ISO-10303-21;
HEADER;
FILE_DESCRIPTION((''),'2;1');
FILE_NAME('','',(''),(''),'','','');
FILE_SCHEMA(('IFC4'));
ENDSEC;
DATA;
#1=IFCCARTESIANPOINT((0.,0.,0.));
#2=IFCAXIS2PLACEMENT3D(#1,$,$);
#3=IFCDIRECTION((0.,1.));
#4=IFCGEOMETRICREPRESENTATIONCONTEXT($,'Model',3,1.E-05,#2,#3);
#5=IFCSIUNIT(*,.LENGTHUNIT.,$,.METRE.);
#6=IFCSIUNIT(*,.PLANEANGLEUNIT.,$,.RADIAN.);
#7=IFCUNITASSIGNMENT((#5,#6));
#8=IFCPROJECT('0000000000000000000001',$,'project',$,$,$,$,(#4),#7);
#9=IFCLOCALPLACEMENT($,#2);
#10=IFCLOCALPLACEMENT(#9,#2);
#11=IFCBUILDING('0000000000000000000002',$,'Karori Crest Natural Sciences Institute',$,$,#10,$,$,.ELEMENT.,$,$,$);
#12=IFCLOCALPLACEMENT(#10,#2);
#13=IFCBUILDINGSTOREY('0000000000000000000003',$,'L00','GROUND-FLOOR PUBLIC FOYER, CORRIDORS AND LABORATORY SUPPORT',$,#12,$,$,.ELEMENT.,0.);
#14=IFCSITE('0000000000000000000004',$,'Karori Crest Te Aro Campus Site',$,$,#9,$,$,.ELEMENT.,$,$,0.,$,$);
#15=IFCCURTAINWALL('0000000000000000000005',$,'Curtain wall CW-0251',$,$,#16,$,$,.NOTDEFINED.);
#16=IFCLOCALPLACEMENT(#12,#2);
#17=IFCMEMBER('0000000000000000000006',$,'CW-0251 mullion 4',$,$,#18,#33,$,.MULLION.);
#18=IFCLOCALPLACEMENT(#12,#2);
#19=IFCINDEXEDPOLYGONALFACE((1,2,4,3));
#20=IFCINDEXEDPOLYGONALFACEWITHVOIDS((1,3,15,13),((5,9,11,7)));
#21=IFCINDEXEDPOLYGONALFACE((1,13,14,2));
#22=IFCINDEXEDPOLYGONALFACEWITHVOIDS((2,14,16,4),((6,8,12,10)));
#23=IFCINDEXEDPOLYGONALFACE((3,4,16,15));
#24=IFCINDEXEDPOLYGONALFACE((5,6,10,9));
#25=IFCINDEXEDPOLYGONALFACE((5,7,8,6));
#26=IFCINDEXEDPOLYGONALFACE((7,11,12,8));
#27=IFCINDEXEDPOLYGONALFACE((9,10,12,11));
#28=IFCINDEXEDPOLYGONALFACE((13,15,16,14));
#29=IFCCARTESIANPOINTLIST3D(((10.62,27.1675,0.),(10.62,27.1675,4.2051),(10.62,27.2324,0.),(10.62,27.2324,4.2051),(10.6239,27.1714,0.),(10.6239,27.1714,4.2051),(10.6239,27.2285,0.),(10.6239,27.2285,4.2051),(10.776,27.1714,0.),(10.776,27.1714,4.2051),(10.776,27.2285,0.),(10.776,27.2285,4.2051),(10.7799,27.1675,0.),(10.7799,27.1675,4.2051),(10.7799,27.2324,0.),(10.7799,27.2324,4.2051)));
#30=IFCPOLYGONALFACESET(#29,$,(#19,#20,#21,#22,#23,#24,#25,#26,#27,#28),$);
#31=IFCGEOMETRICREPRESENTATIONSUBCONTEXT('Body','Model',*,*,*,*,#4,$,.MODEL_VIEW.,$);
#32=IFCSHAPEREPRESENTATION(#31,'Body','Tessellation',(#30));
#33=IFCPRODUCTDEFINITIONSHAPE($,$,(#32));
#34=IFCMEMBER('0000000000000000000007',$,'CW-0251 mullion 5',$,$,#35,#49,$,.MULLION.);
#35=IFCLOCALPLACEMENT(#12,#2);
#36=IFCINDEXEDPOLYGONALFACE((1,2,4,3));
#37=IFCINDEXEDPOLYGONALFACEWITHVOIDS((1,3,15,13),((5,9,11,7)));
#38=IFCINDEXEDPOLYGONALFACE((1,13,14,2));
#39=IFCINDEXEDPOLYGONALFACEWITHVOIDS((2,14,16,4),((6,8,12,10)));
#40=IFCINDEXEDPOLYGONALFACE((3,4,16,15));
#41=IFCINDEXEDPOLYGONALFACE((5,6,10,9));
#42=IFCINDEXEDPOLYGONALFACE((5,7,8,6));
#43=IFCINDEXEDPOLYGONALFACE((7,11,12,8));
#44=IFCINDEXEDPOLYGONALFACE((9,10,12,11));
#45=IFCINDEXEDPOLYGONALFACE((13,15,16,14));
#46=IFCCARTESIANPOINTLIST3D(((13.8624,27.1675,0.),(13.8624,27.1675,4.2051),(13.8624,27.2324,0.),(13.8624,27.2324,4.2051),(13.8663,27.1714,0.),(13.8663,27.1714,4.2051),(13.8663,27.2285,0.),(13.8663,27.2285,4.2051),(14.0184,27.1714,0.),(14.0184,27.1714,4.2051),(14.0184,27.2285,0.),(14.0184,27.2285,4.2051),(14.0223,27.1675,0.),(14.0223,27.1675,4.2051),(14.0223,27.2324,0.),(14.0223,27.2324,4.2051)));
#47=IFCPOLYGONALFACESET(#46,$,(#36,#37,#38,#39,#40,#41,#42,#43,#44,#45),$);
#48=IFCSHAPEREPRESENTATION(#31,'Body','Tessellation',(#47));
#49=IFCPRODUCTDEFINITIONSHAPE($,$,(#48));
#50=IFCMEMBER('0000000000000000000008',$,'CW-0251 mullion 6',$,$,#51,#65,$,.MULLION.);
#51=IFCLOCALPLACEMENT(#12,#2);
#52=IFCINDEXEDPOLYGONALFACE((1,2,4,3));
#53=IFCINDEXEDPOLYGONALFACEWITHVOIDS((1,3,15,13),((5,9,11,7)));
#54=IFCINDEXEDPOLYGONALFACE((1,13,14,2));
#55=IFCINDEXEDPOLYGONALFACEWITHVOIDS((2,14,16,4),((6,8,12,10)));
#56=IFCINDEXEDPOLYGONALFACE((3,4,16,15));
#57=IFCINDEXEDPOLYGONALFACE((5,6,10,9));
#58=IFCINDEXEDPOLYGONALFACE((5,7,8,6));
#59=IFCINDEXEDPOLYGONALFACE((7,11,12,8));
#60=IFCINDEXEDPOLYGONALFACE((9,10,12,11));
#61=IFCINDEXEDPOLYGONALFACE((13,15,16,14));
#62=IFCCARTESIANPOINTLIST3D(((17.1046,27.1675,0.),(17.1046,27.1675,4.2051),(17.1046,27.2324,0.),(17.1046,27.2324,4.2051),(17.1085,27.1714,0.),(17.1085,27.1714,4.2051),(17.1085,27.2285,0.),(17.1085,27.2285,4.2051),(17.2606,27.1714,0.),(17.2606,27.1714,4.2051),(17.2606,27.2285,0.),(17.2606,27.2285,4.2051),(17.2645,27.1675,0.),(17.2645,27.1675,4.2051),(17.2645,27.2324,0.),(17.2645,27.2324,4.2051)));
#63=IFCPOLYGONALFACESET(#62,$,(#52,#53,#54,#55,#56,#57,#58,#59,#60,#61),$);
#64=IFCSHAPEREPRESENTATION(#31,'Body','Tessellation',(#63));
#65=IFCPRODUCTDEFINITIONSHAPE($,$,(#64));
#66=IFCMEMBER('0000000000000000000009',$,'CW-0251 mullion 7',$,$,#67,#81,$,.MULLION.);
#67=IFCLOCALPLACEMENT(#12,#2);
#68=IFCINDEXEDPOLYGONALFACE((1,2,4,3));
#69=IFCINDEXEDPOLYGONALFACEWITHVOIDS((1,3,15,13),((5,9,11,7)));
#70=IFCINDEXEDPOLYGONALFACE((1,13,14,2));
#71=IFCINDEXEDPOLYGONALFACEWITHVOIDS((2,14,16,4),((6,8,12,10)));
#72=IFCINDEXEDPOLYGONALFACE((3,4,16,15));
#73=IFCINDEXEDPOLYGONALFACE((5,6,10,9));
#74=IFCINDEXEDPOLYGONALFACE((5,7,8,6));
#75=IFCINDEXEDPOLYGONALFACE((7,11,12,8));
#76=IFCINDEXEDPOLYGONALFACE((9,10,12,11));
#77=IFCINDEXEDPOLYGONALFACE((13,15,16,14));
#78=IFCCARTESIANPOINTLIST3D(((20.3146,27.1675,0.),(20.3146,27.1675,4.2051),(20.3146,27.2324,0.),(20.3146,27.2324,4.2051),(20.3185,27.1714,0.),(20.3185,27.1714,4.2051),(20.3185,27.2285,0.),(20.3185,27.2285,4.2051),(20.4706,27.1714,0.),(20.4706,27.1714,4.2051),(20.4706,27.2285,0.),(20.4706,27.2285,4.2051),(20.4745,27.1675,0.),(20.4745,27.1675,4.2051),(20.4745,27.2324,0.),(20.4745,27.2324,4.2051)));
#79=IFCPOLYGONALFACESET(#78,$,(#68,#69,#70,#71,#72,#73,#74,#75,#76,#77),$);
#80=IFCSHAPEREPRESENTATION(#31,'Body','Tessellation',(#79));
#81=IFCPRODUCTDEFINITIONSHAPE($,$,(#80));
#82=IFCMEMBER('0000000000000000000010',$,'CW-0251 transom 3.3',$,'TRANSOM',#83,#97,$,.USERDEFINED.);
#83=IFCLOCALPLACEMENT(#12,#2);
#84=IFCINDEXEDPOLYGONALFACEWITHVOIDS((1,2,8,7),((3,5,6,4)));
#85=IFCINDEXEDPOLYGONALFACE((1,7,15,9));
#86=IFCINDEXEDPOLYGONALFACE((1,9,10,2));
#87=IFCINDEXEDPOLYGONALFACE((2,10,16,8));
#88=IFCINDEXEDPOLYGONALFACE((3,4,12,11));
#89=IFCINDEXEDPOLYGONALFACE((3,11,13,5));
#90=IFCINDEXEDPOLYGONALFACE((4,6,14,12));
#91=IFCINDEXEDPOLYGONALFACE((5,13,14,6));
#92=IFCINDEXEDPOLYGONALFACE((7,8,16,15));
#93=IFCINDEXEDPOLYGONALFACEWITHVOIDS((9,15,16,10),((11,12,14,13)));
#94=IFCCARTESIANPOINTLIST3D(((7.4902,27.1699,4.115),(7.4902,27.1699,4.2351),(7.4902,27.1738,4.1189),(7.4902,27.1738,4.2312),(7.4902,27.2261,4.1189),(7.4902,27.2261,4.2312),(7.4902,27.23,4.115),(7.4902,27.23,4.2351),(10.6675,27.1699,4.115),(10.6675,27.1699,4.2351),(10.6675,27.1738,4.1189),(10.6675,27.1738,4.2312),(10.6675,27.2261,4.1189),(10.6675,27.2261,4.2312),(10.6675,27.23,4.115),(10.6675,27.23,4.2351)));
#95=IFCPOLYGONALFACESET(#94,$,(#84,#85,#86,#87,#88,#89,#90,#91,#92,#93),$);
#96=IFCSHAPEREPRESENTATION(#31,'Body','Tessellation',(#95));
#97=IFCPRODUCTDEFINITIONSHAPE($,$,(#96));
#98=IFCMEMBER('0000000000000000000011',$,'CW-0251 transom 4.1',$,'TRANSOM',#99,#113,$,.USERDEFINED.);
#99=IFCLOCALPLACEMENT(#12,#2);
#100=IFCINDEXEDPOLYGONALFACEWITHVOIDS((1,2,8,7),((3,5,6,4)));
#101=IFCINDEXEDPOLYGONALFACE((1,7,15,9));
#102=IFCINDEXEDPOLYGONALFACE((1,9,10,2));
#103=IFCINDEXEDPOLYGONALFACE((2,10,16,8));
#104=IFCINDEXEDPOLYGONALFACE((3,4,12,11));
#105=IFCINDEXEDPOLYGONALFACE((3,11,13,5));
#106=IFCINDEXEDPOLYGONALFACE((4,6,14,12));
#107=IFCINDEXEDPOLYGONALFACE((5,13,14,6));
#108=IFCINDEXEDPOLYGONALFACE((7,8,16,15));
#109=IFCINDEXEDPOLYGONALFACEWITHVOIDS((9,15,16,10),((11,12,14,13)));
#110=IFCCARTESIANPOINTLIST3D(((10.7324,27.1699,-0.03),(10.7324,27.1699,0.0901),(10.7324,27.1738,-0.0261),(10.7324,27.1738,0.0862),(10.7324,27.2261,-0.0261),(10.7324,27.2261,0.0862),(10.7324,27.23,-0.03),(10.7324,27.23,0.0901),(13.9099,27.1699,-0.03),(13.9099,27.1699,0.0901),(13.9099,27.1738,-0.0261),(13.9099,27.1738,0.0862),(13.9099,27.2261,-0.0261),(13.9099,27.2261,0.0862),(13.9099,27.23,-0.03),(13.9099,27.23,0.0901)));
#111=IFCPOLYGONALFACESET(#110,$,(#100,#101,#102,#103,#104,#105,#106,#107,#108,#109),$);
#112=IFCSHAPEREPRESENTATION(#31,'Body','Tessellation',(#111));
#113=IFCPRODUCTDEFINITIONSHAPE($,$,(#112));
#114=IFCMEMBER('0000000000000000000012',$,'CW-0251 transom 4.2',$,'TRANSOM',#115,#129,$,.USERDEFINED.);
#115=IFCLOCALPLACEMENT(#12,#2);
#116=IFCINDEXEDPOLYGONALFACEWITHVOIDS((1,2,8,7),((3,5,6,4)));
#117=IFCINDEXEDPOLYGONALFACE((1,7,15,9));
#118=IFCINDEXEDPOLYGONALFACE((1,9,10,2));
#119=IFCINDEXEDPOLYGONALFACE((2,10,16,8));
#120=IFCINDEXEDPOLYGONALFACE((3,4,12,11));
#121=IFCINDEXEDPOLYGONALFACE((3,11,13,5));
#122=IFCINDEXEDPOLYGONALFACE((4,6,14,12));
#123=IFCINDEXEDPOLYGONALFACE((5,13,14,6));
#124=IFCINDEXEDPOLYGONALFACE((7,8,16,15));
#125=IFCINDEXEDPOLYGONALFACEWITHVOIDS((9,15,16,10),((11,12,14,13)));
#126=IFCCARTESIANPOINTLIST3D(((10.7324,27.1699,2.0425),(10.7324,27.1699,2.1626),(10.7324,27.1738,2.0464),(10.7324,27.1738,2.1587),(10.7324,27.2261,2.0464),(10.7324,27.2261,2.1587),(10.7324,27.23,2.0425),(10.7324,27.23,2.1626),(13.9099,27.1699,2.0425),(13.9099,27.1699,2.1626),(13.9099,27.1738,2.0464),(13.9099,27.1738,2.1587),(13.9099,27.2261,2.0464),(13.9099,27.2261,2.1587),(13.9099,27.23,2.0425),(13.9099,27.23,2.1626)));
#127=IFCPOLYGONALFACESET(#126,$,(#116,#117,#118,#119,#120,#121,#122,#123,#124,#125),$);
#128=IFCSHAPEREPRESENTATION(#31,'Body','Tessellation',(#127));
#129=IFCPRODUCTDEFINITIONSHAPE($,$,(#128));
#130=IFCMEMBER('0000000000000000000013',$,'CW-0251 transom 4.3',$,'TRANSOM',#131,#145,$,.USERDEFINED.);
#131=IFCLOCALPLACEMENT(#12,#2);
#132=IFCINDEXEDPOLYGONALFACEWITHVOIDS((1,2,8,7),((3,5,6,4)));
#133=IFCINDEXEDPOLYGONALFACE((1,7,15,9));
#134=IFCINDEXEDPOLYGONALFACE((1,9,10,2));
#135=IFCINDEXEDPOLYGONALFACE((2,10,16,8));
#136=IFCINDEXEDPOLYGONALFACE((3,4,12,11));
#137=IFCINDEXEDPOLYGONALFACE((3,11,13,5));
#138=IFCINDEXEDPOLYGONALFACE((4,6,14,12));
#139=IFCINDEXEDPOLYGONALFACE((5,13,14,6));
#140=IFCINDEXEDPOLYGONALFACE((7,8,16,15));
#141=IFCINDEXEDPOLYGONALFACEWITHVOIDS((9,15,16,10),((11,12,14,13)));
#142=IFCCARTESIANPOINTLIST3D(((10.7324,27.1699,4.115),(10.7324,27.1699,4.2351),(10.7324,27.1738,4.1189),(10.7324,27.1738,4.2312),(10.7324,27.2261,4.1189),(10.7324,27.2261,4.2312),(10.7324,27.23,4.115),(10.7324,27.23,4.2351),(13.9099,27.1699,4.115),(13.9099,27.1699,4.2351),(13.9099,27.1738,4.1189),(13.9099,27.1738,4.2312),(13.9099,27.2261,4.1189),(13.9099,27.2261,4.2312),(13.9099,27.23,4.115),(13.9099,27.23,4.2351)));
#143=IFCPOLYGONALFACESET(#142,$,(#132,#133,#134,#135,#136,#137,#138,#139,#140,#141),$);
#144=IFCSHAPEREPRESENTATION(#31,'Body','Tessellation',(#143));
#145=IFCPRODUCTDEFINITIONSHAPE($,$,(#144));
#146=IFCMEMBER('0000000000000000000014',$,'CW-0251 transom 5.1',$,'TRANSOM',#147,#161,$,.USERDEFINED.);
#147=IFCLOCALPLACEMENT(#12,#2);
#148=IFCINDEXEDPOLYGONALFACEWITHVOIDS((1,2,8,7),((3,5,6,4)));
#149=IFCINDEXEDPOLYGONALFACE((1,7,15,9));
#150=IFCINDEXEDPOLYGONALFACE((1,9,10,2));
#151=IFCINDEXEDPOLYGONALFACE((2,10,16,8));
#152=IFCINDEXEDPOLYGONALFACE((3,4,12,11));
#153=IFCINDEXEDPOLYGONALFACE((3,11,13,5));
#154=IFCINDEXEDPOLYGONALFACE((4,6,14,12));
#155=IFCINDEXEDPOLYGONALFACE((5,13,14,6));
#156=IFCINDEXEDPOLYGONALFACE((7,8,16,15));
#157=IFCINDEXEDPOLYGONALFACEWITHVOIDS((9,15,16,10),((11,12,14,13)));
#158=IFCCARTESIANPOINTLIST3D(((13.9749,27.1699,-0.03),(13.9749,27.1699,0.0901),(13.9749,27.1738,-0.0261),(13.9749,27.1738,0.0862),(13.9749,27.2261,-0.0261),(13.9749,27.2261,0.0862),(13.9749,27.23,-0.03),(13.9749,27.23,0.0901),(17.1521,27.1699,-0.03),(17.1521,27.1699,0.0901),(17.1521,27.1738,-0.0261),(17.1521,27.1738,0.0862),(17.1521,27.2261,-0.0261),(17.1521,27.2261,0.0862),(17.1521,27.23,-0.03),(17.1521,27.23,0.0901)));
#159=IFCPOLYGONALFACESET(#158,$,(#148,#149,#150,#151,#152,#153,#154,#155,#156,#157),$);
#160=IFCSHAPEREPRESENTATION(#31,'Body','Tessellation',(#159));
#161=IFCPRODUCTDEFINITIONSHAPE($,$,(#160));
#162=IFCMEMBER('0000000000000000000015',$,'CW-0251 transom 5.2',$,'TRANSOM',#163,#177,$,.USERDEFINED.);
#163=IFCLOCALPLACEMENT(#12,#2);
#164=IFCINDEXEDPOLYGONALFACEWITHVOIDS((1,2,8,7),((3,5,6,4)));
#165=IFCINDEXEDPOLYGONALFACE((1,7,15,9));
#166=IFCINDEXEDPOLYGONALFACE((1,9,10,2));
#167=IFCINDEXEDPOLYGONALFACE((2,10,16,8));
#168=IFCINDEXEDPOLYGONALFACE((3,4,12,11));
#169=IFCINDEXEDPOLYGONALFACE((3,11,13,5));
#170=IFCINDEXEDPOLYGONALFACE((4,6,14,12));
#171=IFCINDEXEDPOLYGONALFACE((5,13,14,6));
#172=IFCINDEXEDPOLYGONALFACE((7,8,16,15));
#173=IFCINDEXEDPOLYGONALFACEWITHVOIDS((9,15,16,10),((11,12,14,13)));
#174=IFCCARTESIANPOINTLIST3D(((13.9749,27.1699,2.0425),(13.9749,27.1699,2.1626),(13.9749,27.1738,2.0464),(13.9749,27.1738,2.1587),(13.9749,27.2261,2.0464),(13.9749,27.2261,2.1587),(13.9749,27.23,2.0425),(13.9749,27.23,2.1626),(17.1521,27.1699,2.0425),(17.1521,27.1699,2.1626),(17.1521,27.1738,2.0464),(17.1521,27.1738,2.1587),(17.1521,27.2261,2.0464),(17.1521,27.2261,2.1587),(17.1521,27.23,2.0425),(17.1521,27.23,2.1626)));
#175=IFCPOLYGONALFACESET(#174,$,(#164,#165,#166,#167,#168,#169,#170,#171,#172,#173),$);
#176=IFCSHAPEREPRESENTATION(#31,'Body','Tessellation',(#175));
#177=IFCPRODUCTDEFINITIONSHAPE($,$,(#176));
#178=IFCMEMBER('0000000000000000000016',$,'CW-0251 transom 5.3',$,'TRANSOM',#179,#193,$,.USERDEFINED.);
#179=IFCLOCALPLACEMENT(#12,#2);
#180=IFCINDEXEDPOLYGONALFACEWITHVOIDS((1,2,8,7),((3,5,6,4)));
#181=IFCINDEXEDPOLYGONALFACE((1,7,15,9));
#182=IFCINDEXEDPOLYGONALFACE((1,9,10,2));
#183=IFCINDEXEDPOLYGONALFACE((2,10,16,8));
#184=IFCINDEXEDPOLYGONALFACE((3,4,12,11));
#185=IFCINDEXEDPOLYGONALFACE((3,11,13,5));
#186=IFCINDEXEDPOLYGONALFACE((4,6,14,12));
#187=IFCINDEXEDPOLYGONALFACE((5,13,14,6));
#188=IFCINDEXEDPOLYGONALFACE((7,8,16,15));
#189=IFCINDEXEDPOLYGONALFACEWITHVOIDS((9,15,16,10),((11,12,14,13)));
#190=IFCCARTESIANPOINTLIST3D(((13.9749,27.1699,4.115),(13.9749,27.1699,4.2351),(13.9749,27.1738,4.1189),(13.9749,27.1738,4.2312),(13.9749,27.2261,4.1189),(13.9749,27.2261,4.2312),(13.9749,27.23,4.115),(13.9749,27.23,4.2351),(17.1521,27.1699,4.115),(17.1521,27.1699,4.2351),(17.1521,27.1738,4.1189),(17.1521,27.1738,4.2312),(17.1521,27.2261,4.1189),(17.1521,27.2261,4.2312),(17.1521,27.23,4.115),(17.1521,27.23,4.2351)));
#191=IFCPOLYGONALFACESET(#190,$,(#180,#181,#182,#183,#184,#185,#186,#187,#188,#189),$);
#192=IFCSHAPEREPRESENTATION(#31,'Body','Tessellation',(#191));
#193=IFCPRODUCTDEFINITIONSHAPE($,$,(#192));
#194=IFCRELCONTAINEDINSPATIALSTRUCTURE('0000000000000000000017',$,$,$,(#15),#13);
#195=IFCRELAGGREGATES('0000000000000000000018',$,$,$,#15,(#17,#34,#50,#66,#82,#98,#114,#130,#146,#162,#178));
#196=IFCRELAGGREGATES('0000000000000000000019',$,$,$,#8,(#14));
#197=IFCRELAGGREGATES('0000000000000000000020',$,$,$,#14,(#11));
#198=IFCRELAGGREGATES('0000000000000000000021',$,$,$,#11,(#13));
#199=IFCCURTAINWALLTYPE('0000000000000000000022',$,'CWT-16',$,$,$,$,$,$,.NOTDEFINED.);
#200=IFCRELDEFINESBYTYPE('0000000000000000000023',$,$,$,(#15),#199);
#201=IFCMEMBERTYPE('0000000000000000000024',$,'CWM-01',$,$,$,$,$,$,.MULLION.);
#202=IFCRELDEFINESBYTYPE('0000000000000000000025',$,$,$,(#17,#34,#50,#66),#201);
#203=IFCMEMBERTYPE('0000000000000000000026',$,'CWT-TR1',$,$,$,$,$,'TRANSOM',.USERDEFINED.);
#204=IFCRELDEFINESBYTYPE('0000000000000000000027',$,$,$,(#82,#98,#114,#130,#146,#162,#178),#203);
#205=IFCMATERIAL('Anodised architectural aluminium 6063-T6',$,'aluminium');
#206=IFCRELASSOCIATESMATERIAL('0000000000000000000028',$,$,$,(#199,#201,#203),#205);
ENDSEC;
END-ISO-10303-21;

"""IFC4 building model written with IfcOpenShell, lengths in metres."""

from ifc_helpers import new_model, si_unit, direction, frame, origin, origin_2d, place, context, subcontext, project, spatial, hollow_rectangle, extrude, material, material_profile, profile_set, type_object, element, aggregate, save


model = new_model("IFC4")

# Units and contexts
model_context = context("Model", 3, precision=1e-05, world=origin(), true_north=direction((0.0, 1.0)))
body_context = subcontext(model_context, "Body", "Model", "MODEL_VIEW")
ifc_project = project(units=[si_unit("LENGTHUNIT", "METRE"), si_unit("PLANEANGLEUNIT", "RADIAN")], contexts=[model_context])

# Site, building, storey
site_placement = place(None, origin())
site = spatial("IfcSite", under=ifc_project, at=site_placement, Name="Karori Crest Te Aro Campus Site", CompositionType="ELEMENT", RefElevation=0.0)
building_placement = place(site_placement, origin())
building = spatial("IfcBuilding", under=site, at=building_placement, Name="Karori Crest Natural Sciences Institute", CompositionType="ELEMENT")
storey_placement = place(building_placement, origin())
storey = spatial("IfcBuildingStorey", under=building, at=storey_placement, Name="L00", Description="GROUND-FLOOR PUBLIC FOYER, CORRIDORS AND LABORATORY SUPPORT", CompositionType="ELEMENT", Elevation=0.0)

# Curtain wall, members
ifc_material_1 = material(Name="Anodised architectural aluminium 6063-T6", Category="aluminium")
curtain_wall_type = type_object("IfcCurtainWallType", Name="CWT-16", PredefinedType="NOTDEFINED", material=ifc_material_1)
curtain_wall_placement = place(storey_placement, origin())
curtain_wall = element("IfcCurtainWall", 1, at=curtain_wall_placement, inside=storey, type_object=curtain_wall_type, Name="Curtain wall CW-0251", PredefinedType="NOTDEFINED")
ifc_material_profile_1 = material_profile(ifc_material_1, hollow_rectangle(XDim=0.0649, YDim=0.1599, WallThickness=0.0039, at=origin_2d()), Name="CWM160x65x4")
ifc_profile_set_1 = profile_set([ifc_material_profile_1], Name="Anodised architectural aluminium 6063-T6")
member_type_1 = type_object("IfcMemberType", Name="CWM-01", PredefinedType="MULLION", material=ifc_profile_set_1)
member_1_placement = place(storey_placement, frame((10.7, 27.2, 0.0), z_axis=(0.0, 0.0, 1.0), x_axis=(0.0, 1.0, 0.0)))
member_1 = element("IfcMember", 2, at=member_1_placement, type_object=member_type_1, Name="CW-0251 mullion 4", PredefinedType="MULLION", context=body_context, shape_type="SweptSolid", body=[
    extrude(hollow_rectangle(XDim=0.0649, YDim=0.1599, WallThickness=0.0039, at=origin_2d()), origin(), (0.0, 0.0, 1.0), 4.2051),
])
member_2_placement = place(storey_placement, frame((13.9424, 27.2, 0.0), z_axis=(0.0, 0.0, 1.0), x_axis=(0.0, 1.0, 0.0)))
member_2 = element("IfcMember", 3, at=member_2_placement, type_object=member_type_1, Name="CW-0251 mullion 5", PredefinedType="MULLION", context=body_context, shape_type="SweptSolid", body=[
    extrude(hollow_rectangle(XDim=0.0649, YDim=0.1599, WallThickness=0.0039, at=origin_2d()), origin(), (0.0, 0.0, 1.0), 4.2051),
])
member_3_placement = place(storey_placement, frame((17.1846, 27.2, 0.0), z_axis=(0.0, 0.0, 1.0), x_axis=(0.0, 1.0, 0.0)))
member_3 = element("IfcMember", 4, at=member_3_placement, type_object=member_type_1, Name="CW-0251 mullion 6", PredefinedType="MULLION", context=body_context, shape_type="SweptSolid", body=[
    extrude(hollow_rectangle(XDim=0.0649, YDim=0.1599, WallThickness=0.0039, at=origin_2d()), origin(), (0.0, 0.0, 1.0), 4.2051),
])
member_4_placement = place(storey_placement, frame((20.3945, 27.2, 0.0), z_axis=(0.0, 0.0, 1.0), x_axis=(0.0, 1.0, 0.0)))
member_4 = element("IfcMember", 5, at=member_4_placement, type_object=member_type_1, Name="CW-0251 mullion 7", PredefinedType="MULLION", context=body_context, shape_type="SweptSolid", body=[
    extrude(hollow_rectangle(XDim=0.0649, YDim=0.1599, WallThickness=0.0039, at=origin_2d()), origin(), (0.0, 0.0, 1.0), 4.2051),
])
ifc_material_profile_2 = material_profile(ifc_material_1, hollow_rectangle(XDim=0.0601, YDim=0.1201, WallThickness=0.0039, at=origin_2d()), Name="CWT120x60x4")
ifc_profile_set_2 = profile_set([ifc_material_profile_2], Name="Anodised architectural aluminium 6063-T6")
member_type_2 = type_object("IfcMemberType", Name="CWT-TR1", ElementType="TRANSOM", PredefinedType="USERDEFINED", material=ifc_profile_set_2)
member_5_placement = place(storey_placement, frame((7.4902, 27.2, 4.175), z_axis=(1.0, 0.0, 0.0), x_axis=(0.0, 1.0, 0.0)))
member_5 = element("IfcMember", 6, at=member_5_placement, type_object=member_type_2, Name="CW-0251 transom 3.3", ObjectType="TRANSOM", PredefinedType="USERDEFINED", context=body_context, shape_type="SweptSolid", body=[
    extrude(hollow_rectangle(XDim=0.0601, YDim=0.1201, WallThickness=0.0039, at=origin_2d()), origin(), (0.0, 0.0, 1.0), 3.1772),
])
member_6_placement = place(storey_placement, frame((10.7324, 27.2, 0.03), z_axis=(1.0, 0.0, 0.0), x_axis=(0.0, 1.0, 0.0)))
member_6 = element("IfcMember", 7, at=member_6_placement, type_object=member_type_2, Name="CW-0251 transom 4.1", ObjectType="TRANSOM", PredefinedType="USERDEFINED", context=body_context, shape_type="SweptSolid", body=[
    extrude(hollow_rectangle(XDim=0.0601, YDim=0.1201, WallThickness=0.0039, at=origin_2d()), origin(), (0.0, 0.0, 1.0), 3.1775),
])
member_7_placement = place(storey_placement, frame((10.7324, 27.2, 2.1025), z_axis=(1.0, 0.0, 0.0), x_axis=(0.0, 1.0, 0.0)))
member_7 = element("IfcMember", 8, at=member_7_placement, type_object=member_type_2, Name="CW-0251 transom 4.2", ObjectType="TRANSOM", PredefinedType="USERDEFINED", context=body_context, shape_type="SweptSolid", body=[
    extrude(hollow_rectangle(XDim=0.0601, YDim=0.1201, WallThickness=0.0039, at=origin_2d()), origin(), (0.0, 0.0, 1.0), 3.1775),
])
member_8_placement = place(storey_placement, frame((10.7324, 27.2, 4.175), z_axis=(1.0, 0.0, 0.0), x_axis=(0.0, 1.0, 0.0)))
member_8 = element("IfcMember", 9, at=member_8_placement, type_object=member_type_2, Name="CW-0251 transom 4.3", ObjectType="TRANSOM", PredefinedType="USERDEFINED", context=body_context, shape_type="SweptSolid", body=[
    extrude(hollow_rectangle(XDim=0.0601, YDim=0.1201, WallThickness=0.0039, at=origin_2d()), origin(), (0.0, 0.0, 1.0), 3.1775),
])
member_9_placement = place(storey_placement, frame((13.9749, 27.2, 0.03), z_axis=(1.0, 0.0, 0.0), x_axis=(0.0, 1.0, 0.0)))
member_9 = element("IfcMember", 10, at=member_9_placement, type_object=member_type_2, Name="CW-0251 transom 5.1", ObjectType="TRANSOM", PredefinedType="USERDEFINED", context=body_context, shape_type="SweptSolid", body=[
    extrude(hollow_rectangle(XDim=0.0601, YDim=0.1201, WallThickness=0.0039, at=origin_2d()), origin(), (0.0, 0.0, 1.0), 3.1772),
])
member_10_placement = place(storey_placement, frame((13.9749, 27.2, 2.1025), z_axis=(1.0, 0.0, 0.0), x_axis=(0.0, 1.0, 0.0)))
member_10 = element("IfcMember", 11, at=member_10_placement, type_object=member_type_2, Name="CW-0251 transom 5.2", ObjectType="TRANSOM", PredefinedType="USERDEFINED", context=body_context, shape_type="SweptSolid", body=[
    extrude(hollow_rectangle(XDim=0.0601, YDim=0.1201, WallThickness=0.0039, at=origin_2d()), origin(), (0.0, 0.0, 1.0), 3.1772),
])
member_11_placement = place(storey_placement, frame((13.9749, 27.2, 4.175), z_axis=(1.0, 0.0, 0.0), x_axis=(0.0, 1.0, 0.0)))
member_11 = element("IfcMember", 12, at=member_11_placement, type_object=member_type_2, Name="CW-0251 transom 5.3", ObjectType="TRANSOM", PredefinedType="USERDEFINED", context=body_context, shape_type="SweptSolid", body=[
    extrude(hollow_rectangle(XDim=0.0601, YDim=0.1201, WallThickness=0.0039, at=origin_2d()), origin(), (0.0, 0.0, 1.0), 3.1772),
])
aggregate(curtain_wall, [member_1, member_2, member_3, member_4, member_5, member_6, member_7, member_8, member_9, member_10, member_11])

save(model, "model.ifc")
